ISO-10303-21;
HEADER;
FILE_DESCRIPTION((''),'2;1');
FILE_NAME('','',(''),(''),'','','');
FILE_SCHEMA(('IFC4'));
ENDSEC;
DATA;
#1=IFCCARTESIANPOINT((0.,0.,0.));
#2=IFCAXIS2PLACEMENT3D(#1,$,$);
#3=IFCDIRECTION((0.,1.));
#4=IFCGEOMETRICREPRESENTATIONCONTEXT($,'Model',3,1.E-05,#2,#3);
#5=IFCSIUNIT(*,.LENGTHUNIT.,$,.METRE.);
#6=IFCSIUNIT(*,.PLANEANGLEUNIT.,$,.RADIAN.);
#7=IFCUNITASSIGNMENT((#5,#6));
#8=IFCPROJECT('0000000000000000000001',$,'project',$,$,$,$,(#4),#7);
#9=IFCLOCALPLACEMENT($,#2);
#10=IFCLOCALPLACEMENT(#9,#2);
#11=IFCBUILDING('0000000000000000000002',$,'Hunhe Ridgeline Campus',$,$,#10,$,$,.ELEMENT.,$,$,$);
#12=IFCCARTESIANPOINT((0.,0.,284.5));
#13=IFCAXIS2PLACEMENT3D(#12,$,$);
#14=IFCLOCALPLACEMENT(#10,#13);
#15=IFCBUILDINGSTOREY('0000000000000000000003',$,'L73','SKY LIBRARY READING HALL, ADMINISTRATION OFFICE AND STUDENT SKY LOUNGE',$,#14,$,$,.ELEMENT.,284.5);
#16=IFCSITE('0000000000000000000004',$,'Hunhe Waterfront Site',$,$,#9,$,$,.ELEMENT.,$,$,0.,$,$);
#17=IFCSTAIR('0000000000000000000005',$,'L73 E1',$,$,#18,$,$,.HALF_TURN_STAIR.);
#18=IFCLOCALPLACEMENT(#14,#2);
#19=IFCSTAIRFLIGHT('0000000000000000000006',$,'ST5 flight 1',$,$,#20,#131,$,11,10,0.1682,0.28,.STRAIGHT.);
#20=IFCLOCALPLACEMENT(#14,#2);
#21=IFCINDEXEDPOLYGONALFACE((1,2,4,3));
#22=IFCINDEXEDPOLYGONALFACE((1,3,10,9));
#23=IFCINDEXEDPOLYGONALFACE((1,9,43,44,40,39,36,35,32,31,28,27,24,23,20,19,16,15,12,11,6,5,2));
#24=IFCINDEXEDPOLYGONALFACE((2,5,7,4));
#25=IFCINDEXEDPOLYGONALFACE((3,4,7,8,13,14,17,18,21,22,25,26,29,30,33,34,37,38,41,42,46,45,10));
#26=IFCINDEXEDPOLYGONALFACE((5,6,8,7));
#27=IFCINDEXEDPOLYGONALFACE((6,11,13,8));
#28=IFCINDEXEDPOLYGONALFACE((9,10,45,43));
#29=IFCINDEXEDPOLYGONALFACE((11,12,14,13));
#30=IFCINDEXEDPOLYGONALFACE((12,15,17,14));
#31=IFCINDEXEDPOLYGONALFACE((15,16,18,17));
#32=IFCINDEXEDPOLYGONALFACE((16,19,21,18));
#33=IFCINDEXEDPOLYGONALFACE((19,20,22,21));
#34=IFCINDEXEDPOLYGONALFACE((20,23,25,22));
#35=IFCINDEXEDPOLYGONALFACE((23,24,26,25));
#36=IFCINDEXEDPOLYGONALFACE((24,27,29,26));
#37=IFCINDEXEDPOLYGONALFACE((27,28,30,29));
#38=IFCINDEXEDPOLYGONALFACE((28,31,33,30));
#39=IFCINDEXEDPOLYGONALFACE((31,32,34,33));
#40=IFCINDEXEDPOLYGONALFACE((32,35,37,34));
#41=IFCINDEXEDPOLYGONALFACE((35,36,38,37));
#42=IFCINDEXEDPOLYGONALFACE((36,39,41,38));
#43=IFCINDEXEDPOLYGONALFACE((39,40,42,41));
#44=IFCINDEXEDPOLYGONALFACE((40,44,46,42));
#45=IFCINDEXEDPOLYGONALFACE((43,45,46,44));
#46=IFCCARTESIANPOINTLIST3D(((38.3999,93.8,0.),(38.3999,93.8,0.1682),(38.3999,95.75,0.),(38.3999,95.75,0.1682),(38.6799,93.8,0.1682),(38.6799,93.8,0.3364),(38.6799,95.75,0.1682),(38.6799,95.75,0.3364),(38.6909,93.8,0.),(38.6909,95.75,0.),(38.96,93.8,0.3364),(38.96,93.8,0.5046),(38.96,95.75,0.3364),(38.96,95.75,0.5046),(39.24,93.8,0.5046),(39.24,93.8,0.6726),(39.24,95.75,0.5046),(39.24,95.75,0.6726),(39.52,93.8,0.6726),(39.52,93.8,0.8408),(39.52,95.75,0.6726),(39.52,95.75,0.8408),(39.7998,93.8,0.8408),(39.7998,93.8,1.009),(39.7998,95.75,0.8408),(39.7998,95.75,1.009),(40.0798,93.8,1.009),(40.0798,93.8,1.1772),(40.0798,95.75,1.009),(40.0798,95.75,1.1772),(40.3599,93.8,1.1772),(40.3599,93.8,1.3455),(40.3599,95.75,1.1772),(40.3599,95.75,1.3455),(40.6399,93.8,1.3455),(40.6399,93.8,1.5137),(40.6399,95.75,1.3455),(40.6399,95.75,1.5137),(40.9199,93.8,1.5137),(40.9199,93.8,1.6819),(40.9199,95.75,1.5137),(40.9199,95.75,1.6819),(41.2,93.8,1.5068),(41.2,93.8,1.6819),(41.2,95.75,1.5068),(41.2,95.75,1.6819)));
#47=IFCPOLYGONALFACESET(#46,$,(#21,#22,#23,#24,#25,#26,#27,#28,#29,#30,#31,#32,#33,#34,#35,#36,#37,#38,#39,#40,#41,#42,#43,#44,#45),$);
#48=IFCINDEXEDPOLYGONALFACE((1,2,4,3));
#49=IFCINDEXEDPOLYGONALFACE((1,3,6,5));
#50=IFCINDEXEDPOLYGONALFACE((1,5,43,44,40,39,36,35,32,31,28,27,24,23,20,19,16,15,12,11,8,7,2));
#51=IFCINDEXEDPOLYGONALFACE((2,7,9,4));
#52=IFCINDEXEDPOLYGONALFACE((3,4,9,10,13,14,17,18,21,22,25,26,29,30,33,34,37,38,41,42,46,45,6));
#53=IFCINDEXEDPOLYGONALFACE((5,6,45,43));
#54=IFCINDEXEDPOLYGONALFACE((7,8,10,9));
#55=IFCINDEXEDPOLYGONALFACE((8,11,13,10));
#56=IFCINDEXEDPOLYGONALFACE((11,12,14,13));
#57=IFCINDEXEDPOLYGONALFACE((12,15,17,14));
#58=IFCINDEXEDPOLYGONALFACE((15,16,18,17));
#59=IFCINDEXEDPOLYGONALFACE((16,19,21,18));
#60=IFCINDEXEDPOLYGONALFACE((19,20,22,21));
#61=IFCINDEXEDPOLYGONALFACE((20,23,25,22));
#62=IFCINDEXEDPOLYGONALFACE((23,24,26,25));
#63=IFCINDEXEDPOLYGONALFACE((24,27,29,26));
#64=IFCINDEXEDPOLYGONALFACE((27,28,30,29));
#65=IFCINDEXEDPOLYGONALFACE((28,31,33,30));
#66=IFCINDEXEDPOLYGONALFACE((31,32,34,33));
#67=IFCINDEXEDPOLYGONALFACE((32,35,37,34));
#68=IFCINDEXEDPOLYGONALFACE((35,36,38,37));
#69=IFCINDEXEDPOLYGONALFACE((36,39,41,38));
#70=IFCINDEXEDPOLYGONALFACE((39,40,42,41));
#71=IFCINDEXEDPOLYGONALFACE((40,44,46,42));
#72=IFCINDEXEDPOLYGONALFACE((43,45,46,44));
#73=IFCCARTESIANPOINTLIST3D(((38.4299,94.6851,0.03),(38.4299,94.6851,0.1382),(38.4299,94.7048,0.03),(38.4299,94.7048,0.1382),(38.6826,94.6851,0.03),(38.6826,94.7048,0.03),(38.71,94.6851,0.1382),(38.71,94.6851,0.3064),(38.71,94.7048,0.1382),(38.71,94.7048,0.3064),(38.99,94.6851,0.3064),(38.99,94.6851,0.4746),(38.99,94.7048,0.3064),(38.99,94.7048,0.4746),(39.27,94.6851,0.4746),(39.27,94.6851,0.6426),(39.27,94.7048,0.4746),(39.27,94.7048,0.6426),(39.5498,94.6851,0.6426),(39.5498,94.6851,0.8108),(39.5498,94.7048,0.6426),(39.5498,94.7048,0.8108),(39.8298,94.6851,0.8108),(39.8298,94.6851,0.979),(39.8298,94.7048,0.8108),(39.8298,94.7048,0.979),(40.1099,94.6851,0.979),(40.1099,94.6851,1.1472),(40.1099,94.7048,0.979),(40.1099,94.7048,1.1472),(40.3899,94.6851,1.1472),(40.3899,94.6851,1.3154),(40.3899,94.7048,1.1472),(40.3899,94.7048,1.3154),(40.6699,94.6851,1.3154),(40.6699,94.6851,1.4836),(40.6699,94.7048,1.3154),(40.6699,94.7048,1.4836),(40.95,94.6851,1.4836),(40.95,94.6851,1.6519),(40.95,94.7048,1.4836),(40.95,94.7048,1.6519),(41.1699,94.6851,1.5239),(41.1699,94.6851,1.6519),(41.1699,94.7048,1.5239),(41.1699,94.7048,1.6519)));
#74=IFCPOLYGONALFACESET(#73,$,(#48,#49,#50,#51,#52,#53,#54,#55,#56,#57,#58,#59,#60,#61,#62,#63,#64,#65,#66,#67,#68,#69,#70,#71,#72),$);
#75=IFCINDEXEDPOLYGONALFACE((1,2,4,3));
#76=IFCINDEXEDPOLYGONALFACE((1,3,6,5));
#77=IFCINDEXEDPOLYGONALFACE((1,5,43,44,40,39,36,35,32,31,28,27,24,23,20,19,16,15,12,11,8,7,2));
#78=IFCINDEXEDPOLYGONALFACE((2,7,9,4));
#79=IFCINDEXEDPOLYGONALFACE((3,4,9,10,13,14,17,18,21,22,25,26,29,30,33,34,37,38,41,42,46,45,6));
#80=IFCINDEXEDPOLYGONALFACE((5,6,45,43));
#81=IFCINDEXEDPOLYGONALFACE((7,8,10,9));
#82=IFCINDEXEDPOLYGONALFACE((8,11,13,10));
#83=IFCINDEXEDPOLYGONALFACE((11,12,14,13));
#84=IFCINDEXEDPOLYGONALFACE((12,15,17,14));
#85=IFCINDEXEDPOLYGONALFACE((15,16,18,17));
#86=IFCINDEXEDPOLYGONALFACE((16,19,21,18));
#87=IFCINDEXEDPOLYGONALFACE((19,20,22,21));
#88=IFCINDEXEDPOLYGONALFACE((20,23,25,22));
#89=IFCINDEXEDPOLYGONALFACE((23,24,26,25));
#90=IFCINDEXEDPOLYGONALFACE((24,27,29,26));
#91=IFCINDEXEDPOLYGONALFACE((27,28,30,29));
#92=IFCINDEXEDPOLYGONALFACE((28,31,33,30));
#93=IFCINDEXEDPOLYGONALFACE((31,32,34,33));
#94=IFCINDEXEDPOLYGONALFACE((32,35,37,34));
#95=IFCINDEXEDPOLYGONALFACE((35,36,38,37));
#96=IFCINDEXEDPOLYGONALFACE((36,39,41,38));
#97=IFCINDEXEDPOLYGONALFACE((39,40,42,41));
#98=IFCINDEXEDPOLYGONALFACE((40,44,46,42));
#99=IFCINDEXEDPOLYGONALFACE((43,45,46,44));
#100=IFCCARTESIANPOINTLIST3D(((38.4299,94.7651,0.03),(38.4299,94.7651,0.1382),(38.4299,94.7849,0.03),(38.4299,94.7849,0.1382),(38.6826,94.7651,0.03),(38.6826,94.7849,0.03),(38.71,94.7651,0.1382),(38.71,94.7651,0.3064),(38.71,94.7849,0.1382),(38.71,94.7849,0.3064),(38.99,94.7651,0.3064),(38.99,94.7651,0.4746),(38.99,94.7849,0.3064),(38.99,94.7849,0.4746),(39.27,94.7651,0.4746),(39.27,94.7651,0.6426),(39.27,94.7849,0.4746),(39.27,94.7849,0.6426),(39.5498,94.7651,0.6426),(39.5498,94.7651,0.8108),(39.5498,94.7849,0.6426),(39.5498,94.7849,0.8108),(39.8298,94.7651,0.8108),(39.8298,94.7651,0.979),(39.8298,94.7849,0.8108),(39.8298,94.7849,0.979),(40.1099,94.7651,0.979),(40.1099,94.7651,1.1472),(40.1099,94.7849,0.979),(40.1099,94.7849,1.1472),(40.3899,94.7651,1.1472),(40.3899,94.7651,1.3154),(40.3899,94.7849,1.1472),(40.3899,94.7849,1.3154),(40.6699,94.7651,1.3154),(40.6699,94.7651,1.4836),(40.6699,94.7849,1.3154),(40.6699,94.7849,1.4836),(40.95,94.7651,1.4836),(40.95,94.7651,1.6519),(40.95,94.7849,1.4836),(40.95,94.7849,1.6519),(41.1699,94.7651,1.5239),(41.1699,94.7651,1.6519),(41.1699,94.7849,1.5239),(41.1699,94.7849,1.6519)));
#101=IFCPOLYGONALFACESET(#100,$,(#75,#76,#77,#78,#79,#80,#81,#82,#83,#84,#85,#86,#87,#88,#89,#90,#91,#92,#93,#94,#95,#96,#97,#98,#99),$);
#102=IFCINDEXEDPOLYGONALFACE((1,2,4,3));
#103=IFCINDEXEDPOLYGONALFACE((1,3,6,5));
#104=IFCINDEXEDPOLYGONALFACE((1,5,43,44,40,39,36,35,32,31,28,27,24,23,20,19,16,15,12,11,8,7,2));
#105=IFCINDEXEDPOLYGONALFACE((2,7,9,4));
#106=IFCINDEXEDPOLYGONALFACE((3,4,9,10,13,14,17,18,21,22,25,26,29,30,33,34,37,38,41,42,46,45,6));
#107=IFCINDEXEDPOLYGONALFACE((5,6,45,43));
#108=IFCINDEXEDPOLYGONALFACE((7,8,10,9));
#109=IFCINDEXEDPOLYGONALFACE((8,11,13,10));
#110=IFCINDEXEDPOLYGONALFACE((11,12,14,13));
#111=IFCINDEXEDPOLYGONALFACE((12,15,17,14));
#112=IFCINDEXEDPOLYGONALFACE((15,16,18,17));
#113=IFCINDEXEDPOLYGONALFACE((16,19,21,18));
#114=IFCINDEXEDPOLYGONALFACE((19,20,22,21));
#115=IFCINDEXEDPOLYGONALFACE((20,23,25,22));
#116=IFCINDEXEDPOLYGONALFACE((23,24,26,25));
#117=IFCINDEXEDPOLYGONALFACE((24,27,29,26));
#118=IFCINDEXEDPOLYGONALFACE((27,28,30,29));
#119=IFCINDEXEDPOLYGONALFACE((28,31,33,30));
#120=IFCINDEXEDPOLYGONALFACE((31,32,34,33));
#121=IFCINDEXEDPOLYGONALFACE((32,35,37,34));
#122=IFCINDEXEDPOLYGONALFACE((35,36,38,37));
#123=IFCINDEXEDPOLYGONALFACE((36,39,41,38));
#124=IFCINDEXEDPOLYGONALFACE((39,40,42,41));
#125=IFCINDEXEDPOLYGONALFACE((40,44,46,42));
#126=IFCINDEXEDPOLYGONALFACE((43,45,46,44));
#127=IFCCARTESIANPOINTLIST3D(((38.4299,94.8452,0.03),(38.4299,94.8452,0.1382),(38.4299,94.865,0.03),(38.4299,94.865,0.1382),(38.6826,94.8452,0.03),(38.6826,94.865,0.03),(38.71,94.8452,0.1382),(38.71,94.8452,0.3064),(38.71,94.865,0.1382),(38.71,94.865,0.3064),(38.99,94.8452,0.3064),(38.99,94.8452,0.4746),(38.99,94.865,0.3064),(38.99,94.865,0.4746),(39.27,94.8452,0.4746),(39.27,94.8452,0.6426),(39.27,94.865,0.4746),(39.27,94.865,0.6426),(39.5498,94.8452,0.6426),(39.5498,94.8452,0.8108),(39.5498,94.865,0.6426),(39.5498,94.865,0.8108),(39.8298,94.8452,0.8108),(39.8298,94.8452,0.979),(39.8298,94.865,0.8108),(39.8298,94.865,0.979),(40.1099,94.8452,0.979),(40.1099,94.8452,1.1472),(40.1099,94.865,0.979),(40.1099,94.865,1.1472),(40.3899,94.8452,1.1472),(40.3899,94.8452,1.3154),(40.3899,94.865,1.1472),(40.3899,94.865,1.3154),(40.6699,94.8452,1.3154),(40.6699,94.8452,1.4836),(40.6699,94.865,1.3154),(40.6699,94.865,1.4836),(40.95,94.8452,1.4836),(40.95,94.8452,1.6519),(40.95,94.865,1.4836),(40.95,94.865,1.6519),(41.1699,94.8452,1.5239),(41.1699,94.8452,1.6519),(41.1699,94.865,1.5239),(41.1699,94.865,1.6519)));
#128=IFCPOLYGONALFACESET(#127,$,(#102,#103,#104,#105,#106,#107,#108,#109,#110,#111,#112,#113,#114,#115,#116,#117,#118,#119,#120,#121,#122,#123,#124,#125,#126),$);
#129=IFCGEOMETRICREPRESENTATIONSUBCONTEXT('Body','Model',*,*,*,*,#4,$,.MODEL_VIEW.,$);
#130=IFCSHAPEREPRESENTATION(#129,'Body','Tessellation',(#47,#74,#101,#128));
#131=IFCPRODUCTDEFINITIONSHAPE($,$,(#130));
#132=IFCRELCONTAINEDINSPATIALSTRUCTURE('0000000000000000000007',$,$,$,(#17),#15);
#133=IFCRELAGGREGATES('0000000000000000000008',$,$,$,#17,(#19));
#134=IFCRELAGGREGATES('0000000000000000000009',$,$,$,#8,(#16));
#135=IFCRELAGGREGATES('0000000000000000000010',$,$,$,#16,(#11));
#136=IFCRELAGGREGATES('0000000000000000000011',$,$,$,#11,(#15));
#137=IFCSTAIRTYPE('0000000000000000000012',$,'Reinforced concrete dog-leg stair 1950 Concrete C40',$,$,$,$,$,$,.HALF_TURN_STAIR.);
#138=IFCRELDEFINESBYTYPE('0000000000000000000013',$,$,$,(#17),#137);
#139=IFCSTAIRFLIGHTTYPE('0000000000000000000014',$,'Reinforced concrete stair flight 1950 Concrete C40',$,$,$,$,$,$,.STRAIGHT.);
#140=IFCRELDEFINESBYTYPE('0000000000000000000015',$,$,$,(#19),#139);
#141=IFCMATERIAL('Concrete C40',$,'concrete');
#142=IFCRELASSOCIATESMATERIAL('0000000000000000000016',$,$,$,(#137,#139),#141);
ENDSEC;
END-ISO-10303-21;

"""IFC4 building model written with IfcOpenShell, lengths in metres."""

from ifc_helpers import new_model, si_unit, direction, frame, origin, place, context, subcontext, project, spatial, polyline, outline, extrude, material, type_object, element, aggregate, save


model = new_model("IFC4")

# Units and contexts
model_context = context("Model", 3, precision=1e-05, world=origin(), true_north=direction((0.0, 1.0)))
body_context = subcontext(model_context, "Body", "Model", "MODEL_VIEW")
ifc_project = project(units=[si_unit("LENGTHUNIT", "METRE"), si_unit("PLANEANGLEUNIT", "RADIAN")], contexts=[model_context])

# Site, building, storey
site_placement = place(None, origin())
site = spatial("IfcSite", under=ifc_project, at=site_placement, Name="Hunhe Waterfront Site", CompositionType="ELEMENT", RefElevation=0.0)
building_placement = place(site_placement, origin())
building = spatial("IfcBuilding", under=site, at=building_placement, Name="Hunhe Ridgeline Campus", CompositionType="ELEMENT")
storey_placement = place(building_placement, frame((0.0, 0.0, 284.5)))
storey = spatial("IfcBuildingStorey", under=building, at=storey_placement, Name="L73", Description="SKY LIBRARY READING HALL, ADMINISTRATION OFFICE AND STUDENT SKY LOUNGE", CompositionType="ELEMENT", Elevation=284.5)

# Stair, stair flight
ifc_material_1 = material(Name="Concrete C40", Category="concrete")
stair_type = type_object("IfcStairType", Name="Reinforced concrete dog-leg stair 1950 Concrete C40", PredefinedType="HALF_TURN_STAIR", material=ifc_material_1)
stair_placement = place(storey_placement, origin())
stair = element("IfcStair", 1, at=stair_placement, inside=storey, type_object=stair_type, Name="L73 E1", PredefinedType="HALF_TURN_STAIR")
stair_flight_type = type_object("IfcStairFlightType", Name="Reinforced concrete stair flight 1950 Concrete C40", PredefinedType="STRAIGHT", material=ifc_material_1)
stair_flight_1_placement = place(storey_placement, frame((38.3999, 94.7749, 0.0), z_axis=(0.0, 0.0, 1.0), x_axis=(1.0, 0.0, 0.0)))
stair_flight_1 = element("IfcStairFlight", 2, at=stair_flight_1_placement, type_object=stair_flight_type, Name="ST5 flight 1", NumberOfRisers=11, NumberOfTreads=10, PredefinedType="STRAIGHT", RiserHeight=0.1682, TreadLength=0.28, context=body_context, shape_type="SweptSolid", body=[
    extrude(outline(polyline([(0.0, 0.0), (0.0, 0.1682), (0.28, 0.1682), (0.28, 0.3364), (0.5601, 0.3364), (0.5601, 0.5046), (0.8401, 0.5046), (0.8401, 0.6726), (1.1201, 0.6726), (1.1201, 0.8408), (1.3999, 0.8408), (1.3999, 1.009), (1.6799, 1.009), (1.6799, 1.1772), (1.96, 1.1772), (1.96, 1.3455), (2.24, 1.3455), (2.24, 1.5137), (2.52, 1.5137), (2.52, 1.6819), (2.8, 1.6819), (2.8, 1.8501), (2.8, 1.5068), (0.291, 0.0), (0.0, 0.0)])), frame((0.0, 0.9751, 0.0), z_axis=(0.0, -1.0, 0.0), x_axis=(1.0, 0.0, 0.0)), (0.0, 0.0, 1.0), 1.95),
    extrude(outline(polyline([(0.03, 0.03), (0.03, 0.1382), (0.3101, 0.1382), (0.3101, 0.3064), (0.5901, 0.3064), (0.5901, 0.4746), (0.8701, 0.4746), (0.8701, 0.6426), (1.1499, 0.6426), (1.1499, 0.8108), (1.4299, 0.8108), (1.4299, 0.979), (1.71, 0.979), (1.71, 1.1472), (1.99, 1.1472), (1.99, 1.3154), (2.27, 1.3154), (2.27, 1.4836), (2.55, 1.4836), (2.55, 1.6519), (2.77, 1.6519), (2.77, 1.5239), (0.2827, 0.03), (0.03, 0.03)])), frame((0.0, -0.0701, 0.0), z_axis=(0.0, -1.0, 0.0), x_axis=(1.0, 0.0, 0.0)), (0.0, 0.0, 1.0), 0.0198),
    extrude(outline(polyline([(0.03, 0.03), (0.03, 0.1382), (0.3101, 0.1382), (0.3101, 0.3064), (0.5901, 0.3064), (0.5901, 0.4746), (0.8701, 0.4746), (0.8701, 0.6426), (1.1499, 0.6426), (1.1499, 0.8108), (1.4299, 0.8108), (1.4299, 0.979), (1.71, 0.979), (1.71, 1.1472), (1.99, 1.1472), (1.99, 1.3154), (2.27, 1.3154), (2.27, 1.4836), (2.55, 1.4836), (2.55, 1.6519), (2.77, 1.6519), (2.77, 1.5239), (0.2827, 0.03), (0.03, 0.03)])), frame((0.0, 0.01, 0.0), z_axis=(0.0, -1.0, 0.0), x_axis=(1.0, 0.0, 0.0)), (0.0, 0.0, 1.0), 0.0198),
    extrude(outline(polyline([(0.03, 0.03), (0.03, 0.1382), (0.3101, 0.1382), (0.3101, 0.3064), (0.5901, 0.3064), (0.5901, 0.4746), (0.8701, 0.4746), (0.8701, 0.6426), (1.1499, 0.6426), (1.1499, 0.8108), (1.4299, 0.8108), (1.4299, 0.979), (1.71, 0.979), (1.71, 1.1472), (1.99, 1.1472), (1.99, 1.3154), (2.27, 1.3154), (2.27, 1.4836), (2.55, 1.4836), (2.55, 1.6519), (2.77, 1.6519), (2.77, 1.5239), (0.2827, 0.03), (0.03, 0.03)])), frame((0.0, 0.0901, 0.0), z_axis=(0.0, -1.0, 0.0), x_axis=(1.0, 0.0, 0.0)), (0.0, 0.0, 1.0), 0.0198),
])
aggregate(stair, [stair_flight_1])

save(model, "model.ifc")
